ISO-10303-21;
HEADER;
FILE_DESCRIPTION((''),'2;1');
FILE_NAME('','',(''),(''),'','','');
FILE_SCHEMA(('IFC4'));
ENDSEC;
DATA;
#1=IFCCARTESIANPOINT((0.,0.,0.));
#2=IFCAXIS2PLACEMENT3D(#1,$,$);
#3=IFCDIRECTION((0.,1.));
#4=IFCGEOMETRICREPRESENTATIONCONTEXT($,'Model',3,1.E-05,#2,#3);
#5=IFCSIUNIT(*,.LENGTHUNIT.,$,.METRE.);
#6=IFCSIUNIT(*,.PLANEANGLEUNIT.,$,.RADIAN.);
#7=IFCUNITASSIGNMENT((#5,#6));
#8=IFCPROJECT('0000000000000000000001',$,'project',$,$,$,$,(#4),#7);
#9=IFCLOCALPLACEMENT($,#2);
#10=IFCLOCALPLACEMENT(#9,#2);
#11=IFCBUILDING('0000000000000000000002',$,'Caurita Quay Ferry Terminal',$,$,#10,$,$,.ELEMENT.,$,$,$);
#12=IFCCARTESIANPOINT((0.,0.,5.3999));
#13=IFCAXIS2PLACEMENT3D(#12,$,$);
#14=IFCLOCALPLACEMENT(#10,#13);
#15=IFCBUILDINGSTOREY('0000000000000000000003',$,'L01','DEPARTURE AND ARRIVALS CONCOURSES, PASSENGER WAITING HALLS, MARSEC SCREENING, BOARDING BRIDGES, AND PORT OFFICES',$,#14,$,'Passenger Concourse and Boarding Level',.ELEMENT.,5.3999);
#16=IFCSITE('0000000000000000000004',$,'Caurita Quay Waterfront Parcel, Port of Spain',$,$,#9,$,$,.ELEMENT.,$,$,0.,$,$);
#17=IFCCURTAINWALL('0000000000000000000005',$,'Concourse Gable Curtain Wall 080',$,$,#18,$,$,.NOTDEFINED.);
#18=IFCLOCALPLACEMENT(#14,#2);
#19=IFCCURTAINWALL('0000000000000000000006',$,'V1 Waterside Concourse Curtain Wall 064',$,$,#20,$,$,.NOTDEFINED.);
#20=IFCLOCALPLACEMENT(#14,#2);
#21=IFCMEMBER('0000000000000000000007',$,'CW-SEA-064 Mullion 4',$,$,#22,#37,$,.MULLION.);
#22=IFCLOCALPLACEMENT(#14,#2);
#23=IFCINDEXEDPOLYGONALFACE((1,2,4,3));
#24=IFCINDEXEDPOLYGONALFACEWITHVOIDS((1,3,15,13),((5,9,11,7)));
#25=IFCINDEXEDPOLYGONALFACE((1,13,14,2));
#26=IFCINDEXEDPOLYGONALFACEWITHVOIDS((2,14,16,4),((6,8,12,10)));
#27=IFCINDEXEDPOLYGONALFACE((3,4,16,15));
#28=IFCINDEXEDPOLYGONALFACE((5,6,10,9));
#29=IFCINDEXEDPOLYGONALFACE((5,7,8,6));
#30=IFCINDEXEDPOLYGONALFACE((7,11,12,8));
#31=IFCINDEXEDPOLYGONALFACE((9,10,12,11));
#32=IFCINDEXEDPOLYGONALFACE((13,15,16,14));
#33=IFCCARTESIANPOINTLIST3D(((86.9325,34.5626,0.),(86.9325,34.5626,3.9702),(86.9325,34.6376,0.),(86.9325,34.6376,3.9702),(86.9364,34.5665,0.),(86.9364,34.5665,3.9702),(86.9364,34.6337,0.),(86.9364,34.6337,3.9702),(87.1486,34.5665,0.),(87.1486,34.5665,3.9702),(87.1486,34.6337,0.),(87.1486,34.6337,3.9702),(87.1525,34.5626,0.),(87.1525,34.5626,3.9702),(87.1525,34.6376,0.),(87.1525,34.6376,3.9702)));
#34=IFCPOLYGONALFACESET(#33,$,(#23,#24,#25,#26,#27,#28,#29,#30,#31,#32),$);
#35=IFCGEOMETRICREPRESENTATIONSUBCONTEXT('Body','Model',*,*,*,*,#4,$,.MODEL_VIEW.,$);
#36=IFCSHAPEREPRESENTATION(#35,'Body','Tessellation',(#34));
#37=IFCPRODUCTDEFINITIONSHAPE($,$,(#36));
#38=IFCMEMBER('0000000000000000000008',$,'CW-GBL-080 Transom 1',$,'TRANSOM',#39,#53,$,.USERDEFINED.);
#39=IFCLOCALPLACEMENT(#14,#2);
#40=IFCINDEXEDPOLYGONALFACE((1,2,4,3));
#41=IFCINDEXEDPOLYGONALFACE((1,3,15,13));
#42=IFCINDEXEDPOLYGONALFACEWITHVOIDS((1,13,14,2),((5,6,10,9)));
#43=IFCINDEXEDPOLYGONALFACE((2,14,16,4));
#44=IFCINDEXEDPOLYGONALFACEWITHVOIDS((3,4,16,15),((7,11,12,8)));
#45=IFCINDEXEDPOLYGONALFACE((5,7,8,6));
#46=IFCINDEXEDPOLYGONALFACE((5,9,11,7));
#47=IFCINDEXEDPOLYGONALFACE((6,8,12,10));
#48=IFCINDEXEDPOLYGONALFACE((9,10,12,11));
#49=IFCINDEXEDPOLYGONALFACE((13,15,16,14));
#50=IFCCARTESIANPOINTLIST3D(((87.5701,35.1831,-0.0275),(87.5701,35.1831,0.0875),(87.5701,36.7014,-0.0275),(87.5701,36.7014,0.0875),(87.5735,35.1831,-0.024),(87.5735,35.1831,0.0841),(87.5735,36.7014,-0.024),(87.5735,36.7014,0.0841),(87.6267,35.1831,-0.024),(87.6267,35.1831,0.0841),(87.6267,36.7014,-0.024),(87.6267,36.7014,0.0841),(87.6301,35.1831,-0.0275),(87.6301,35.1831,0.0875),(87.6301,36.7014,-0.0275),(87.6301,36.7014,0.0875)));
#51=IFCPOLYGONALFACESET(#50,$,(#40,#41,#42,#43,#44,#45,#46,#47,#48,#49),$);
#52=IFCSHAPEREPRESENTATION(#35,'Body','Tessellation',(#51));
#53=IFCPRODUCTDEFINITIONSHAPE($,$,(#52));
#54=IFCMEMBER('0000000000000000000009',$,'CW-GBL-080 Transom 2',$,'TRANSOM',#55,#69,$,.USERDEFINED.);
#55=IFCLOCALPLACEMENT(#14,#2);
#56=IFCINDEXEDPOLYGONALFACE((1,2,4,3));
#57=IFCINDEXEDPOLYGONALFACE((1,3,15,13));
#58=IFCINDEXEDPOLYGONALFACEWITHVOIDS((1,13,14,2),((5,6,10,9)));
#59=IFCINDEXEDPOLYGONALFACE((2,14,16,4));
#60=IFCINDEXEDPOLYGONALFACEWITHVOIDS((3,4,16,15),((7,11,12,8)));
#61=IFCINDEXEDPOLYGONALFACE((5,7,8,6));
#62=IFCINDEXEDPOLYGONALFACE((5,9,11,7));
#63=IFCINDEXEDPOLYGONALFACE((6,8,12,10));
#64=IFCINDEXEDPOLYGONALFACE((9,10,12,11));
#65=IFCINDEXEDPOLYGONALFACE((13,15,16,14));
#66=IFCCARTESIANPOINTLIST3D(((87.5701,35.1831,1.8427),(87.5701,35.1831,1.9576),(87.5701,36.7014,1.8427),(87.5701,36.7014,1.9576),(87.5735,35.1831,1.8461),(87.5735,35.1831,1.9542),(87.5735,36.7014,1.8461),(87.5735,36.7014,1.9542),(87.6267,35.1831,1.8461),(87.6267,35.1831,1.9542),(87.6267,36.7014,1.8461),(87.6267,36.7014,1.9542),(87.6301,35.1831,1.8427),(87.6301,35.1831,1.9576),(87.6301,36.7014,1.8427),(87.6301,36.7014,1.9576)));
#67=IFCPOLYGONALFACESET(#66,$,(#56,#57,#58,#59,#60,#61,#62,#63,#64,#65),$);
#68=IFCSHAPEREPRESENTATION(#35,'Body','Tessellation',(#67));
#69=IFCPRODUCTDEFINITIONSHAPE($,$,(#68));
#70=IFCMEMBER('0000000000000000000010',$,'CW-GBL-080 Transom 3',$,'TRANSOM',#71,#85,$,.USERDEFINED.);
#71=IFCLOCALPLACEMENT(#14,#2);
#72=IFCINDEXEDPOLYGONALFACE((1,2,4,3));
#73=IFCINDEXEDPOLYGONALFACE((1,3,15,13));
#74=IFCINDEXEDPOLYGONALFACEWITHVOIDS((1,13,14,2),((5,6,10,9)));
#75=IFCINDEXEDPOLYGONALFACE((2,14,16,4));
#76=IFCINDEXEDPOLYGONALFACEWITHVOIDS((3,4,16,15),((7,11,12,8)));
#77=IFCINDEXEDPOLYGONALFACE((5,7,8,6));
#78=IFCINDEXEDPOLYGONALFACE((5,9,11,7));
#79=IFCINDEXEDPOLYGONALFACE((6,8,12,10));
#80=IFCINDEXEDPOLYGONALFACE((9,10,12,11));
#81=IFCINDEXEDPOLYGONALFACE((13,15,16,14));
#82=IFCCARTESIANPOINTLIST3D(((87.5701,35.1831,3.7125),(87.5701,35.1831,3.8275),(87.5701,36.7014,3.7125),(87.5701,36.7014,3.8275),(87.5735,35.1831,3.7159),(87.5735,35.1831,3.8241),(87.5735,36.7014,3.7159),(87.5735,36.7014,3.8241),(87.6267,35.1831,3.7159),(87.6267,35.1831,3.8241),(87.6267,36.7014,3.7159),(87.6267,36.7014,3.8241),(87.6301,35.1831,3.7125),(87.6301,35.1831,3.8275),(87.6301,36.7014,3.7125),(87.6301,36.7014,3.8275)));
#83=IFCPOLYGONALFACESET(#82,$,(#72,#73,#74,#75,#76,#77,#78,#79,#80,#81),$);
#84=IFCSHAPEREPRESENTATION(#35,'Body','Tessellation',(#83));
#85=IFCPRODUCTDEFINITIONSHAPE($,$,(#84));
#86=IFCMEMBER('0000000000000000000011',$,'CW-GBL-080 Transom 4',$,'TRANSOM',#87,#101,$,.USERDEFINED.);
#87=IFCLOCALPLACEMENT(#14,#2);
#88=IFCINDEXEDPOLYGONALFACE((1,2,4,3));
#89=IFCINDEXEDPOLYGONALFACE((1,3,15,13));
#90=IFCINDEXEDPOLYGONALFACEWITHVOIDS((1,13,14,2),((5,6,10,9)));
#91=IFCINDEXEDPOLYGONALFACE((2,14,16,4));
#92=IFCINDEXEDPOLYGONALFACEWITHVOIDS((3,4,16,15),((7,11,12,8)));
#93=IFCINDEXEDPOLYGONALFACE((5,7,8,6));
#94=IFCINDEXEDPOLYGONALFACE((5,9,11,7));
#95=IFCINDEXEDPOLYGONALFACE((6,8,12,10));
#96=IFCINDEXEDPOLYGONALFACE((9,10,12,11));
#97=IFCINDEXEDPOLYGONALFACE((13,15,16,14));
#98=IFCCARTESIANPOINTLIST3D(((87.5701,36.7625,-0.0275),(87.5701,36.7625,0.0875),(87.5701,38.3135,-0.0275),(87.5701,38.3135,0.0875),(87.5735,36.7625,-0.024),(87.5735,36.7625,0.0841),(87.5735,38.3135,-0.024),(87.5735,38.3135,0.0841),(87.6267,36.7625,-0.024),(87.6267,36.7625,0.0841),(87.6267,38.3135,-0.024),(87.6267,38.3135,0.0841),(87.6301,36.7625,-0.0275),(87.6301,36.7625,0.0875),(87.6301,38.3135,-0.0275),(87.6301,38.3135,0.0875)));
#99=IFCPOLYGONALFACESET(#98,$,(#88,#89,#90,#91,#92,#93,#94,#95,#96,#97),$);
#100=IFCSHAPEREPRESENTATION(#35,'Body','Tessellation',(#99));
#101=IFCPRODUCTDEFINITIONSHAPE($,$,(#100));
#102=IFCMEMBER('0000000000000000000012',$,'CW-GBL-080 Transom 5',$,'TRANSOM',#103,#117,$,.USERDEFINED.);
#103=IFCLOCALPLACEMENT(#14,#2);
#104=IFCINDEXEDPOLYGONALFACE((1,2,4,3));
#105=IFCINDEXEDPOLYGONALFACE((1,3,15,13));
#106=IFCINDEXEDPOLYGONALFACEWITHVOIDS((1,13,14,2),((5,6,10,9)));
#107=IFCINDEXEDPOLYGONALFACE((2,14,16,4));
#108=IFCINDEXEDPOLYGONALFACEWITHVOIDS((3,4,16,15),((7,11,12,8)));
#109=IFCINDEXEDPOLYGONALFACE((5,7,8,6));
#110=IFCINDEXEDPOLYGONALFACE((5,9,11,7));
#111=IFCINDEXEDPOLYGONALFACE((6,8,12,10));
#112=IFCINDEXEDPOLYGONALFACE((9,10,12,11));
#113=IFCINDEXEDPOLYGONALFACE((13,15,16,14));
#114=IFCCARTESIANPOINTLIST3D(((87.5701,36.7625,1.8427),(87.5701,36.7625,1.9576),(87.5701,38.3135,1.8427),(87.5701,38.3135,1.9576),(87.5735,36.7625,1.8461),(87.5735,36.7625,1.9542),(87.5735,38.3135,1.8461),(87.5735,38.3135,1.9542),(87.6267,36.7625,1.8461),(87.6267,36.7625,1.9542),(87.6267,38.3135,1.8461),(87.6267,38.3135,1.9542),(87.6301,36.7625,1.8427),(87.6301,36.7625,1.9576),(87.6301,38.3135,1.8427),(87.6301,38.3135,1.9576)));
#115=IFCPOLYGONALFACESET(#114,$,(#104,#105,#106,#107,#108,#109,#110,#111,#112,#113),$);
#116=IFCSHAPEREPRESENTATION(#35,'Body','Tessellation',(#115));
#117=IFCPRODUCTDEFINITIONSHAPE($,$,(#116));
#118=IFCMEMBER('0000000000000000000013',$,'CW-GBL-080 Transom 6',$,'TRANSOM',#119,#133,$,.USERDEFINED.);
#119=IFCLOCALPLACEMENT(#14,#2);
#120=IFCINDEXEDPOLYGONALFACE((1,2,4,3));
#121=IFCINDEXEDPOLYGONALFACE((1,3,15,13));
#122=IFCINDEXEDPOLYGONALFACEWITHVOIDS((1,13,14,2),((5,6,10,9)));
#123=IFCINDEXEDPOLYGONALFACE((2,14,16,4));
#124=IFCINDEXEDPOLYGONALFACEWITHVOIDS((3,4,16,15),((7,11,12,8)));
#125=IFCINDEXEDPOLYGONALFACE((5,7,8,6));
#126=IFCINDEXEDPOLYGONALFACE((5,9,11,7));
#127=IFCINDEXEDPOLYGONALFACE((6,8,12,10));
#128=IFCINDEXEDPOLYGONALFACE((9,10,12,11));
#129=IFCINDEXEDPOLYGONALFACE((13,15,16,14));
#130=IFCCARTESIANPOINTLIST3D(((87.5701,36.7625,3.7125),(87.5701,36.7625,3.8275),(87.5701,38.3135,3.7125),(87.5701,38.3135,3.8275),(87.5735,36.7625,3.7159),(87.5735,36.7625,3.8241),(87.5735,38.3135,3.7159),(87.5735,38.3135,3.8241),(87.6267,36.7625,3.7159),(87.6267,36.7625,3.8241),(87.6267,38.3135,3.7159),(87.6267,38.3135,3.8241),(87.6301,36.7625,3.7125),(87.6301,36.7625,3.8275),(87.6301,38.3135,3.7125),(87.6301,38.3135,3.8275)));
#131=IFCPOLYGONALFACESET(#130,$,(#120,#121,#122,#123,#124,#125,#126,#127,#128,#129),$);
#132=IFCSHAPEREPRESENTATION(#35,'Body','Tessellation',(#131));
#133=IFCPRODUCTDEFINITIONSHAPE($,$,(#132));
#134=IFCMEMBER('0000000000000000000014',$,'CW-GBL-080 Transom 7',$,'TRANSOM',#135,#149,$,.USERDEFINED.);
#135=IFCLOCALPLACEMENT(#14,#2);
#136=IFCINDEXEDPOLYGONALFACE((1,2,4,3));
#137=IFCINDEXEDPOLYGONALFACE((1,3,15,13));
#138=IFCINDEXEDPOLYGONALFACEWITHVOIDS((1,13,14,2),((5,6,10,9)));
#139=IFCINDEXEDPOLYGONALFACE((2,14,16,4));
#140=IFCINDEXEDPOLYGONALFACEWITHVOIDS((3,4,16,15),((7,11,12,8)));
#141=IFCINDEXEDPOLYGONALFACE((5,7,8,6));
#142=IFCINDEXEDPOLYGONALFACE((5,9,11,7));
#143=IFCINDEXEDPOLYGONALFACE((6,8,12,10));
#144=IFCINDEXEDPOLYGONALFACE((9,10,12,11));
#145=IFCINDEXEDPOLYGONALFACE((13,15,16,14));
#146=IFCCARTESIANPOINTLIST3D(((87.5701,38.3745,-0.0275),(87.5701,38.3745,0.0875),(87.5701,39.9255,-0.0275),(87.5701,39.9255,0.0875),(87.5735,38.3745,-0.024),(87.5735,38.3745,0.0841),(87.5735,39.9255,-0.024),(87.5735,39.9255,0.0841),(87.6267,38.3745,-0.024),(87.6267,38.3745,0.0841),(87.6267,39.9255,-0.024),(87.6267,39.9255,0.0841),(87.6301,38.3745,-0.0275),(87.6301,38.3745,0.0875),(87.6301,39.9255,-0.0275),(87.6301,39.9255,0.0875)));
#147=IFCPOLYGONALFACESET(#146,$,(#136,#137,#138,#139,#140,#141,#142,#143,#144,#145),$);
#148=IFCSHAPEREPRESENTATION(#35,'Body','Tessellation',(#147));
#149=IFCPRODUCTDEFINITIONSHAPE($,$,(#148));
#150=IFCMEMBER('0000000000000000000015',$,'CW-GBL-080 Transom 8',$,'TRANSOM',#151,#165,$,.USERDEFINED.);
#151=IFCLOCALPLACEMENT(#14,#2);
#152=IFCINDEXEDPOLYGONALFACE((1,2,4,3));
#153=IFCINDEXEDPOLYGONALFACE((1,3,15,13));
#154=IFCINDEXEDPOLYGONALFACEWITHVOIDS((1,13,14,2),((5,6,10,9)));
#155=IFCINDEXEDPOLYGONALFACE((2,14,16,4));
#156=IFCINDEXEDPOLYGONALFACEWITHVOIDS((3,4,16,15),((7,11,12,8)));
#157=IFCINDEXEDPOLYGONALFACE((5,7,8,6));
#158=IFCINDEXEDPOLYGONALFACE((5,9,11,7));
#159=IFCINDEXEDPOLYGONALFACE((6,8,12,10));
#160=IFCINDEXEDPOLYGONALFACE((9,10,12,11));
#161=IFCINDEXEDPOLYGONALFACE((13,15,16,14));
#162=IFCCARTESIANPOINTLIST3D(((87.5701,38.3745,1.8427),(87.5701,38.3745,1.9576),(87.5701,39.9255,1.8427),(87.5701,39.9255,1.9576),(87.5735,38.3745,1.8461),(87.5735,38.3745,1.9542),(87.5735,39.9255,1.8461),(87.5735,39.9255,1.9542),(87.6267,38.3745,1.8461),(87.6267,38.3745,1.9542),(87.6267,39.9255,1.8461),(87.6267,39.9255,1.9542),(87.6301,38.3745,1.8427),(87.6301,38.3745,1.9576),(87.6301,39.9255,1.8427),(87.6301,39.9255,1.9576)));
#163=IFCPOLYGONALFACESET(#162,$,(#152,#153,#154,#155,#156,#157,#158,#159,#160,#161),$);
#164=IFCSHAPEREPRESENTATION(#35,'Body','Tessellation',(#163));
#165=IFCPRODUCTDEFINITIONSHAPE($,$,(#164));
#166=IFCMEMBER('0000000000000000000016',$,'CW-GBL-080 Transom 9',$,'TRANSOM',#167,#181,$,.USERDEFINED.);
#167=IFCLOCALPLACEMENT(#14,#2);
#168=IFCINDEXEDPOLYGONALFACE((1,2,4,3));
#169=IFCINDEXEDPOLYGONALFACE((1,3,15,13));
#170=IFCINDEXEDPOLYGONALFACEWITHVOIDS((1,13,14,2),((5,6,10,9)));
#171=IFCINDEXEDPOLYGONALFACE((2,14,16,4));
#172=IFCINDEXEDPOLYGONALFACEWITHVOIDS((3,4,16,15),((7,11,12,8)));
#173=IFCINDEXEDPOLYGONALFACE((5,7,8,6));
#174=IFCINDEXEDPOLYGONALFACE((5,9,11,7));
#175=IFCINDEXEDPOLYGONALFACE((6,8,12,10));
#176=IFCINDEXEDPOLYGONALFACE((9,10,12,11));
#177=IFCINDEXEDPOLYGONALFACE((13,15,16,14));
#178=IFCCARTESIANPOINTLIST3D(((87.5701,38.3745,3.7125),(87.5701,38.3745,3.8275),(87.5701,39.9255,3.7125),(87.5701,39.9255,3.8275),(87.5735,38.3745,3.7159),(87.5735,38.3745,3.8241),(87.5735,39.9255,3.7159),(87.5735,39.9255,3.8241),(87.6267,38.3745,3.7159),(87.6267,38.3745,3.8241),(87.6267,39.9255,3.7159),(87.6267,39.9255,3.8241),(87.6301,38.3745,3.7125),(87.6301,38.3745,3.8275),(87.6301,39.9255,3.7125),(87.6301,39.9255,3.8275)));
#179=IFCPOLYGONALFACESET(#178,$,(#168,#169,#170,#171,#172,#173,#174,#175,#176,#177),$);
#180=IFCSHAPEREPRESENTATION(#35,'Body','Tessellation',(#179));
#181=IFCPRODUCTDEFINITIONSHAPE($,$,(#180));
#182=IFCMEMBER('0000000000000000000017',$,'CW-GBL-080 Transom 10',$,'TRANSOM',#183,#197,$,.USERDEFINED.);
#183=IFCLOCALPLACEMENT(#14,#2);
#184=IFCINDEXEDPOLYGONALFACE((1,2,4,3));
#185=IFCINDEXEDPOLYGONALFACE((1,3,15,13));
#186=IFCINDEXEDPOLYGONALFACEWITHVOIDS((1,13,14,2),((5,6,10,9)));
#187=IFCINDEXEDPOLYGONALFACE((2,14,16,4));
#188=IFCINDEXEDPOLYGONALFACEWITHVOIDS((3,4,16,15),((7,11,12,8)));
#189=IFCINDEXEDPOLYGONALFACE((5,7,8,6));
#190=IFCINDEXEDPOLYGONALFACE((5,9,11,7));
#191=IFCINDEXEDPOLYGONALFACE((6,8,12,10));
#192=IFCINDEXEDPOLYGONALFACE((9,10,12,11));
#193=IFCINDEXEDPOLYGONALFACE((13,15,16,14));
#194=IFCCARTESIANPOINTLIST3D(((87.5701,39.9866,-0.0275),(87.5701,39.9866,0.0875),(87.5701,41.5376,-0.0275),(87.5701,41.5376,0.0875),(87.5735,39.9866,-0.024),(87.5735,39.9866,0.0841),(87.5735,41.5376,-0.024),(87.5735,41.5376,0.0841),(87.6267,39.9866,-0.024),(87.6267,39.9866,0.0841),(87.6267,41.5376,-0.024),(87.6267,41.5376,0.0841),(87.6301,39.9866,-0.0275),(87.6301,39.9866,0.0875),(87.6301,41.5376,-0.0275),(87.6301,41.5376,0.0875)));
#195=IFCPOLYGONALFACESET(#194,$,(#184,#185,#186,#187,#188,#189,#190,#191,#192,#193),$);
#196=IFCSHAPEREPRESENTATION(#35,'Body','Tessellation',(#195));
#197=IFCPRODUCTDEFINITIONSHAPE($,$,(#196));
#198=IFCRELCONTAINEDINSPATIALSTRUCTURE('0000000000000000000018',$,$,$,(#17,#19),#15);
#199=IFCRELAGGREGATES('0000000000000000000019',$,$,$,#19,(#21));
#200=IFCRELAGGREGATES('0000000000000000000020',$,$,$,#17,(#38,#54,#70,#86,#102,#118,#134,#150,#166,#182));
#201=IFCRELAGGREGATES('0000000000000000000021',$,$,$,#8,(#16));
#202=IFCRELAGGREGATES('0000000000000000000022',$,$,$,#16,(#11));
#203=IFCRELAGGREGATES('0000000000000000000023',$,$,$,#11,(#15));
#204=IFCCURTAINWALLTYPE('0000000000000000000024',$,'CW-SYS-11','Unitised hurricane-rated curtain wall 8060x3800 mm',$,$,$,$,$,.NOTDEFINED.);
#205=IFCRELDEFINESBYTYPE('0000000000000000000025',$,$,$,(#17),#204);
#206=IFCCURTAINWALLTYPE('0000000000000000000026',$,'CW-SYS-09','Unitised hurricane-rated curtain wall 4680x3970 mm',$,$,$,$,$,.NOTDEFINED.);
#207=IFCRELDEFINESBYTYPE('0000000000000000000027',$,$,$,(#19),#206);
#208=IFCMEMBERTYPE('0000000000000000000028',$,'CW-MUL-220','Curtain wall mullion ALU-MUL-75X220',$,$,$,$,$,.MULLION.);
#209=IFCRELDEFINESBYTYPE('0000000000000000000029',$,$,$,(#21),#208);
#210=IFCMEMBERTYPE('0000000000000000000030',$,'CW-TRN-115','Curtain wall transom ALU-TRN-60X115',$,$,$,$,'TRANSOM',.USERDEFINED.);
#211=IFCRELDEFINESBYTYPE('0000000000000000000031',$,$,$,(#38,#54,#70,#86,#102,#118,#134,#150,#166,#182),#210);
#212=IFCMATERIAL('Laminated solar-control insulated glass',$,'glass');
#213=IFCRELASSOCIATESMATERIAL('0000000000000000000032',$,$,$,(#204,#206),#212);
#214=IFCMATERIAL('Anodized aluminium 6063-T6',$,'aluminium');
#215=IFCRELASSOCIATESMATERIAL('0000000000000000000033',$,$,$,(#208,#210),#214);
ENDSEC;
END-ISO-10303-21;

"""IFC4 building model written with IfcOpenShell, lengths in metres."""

from ifc_helpers import new_model, si_unit, direction, frame, origin, origin_2d, place, context, subcontext, project, spatial, hollow_rectangle, extrude, material, material_profile, profile_set, type_object, element, aggregate, save


model = new_model("IFC4")

# Units and contexts
model_context = context("Model", 3, precision=1e-05, world=origin(), true_north=direction((0.0, 1.0)))
body_context = subcontext(model_context, "Body", "Model", "MODEL_VIEW")
ifc_project = project(units=[si_unit("LENGTHUNIT", "METRE"), si_unit("PLANEANGLEUNIT", "RADIAN")], contexts=[model_context])

# Site, building, storey
site_placement = place(None, origin())
site = spatial("IfcSite", under=ifc_project, at=site_placement, Name="Caurita Quay Waterfront Parcel, Port of Spain", CompositionType="ELEMENT", RefElevation=0.0)
building_placement = place(site_placement, origin())
building = spatial("IfcBuilding", under=site, at=building_placement, Name="Caurita Quay Ferry Terminal", CompositionType="ELEMENT")
storey_placement = place(building_placement, frame((0.0, 0.0, 5.3999)))
storey = spatial("IfcBuildingStorey", under=building, at=storey_placement, Name="L01", Description="DEPARTURE AND ARRIVALS CONCOURSES, PASSENGER WAITING HALLS, MARSEC SCREENING, BOARDING BRIDGES, AND PORT OFFICES", LongName="Passenger Concourse and Boarding Level", CompositionType="ELEMENT", Elevation=5.3999)

# Curtain wall
ifc_material_1 = material(Name="Laminated solar-control insulated glass", Category="glass")
curtain_wall_type_1 = type_object("IfcCurtainWallType", Name="CW-SYS-11", Description="Unitised hurricane-rated curtain wall 8060x3800 mm", PredefinedType="NOTDEFINED", material=ifc_material_1)
curtain_wall_1_placement = place(storey_placement, origin())
curtain_wall_1 = element("IfcCurtainWall", 1, at=curtain_wall_1_placement, inside=storey, type_object=curtain_wall_type_1, Name="Concourse Gable Curtain Wall 080", PredefinedType="NOTDEFINED")
ifc_material_2 = material(Name="Anodized aluminium 6063-T6", Category="aluminium")

# Curtain wall, member
curtain_wall_type_2 = type_object("IfcCurtainWallType", Name="CW-SYS-09", Description="Unitised hurricane-rated curtain wall 4680x3970 mm", PredefinedType="NOTDEFINED", material=ifc_material_1)
curtain_wall_2_placement = place(storey_placement, origin())
curtain_wall_2 = element("IfcCurtainWall", 2, at=curtain_wall_2_placement, inside=storey, type_object=curtain_wall_type_2, Name="V1 Waterside Concourse Curtain Wall 064", PredefinedType="NOTDEFINED")
ifc_material_profile_1 = material_profile(ifc_material_2, hollow_rectangle(XDim=0.075, YDim=0.22, WallThickness=0.0039, at=origin_2d()), Name="ALU-MUL-75X220")
ifc_profile_set_1 = profile_set([ifc_material_profile_1], Name="Anodized aluminium 6063-T6")
member_type_1 = type_object("IfcMemberType", Name="CW-MUL-220", Description="Curtain wall mullion ALU-MUL-75X220", PredefinedType="MULLION", material=ifc_profile_set_1)
member_1_placement = place(storey_placement, frame((87.0425, 34.6001, 0.0), z_axis=(0.0, 0.0, 1.0), x_axis=(0.0, 1.0, 0.0)))
member_1 = element("IfcMember", 3, at=member_1_placement, type_object=member_type_1, Name="CW-SEA-064 Mullion 4", PredefinedType="MULLION", context=body_context, shape_type="SweptSolid", body=[
    extrude(hollow_rectangle(XDim=0.075, YDim=0.22, WallThickness=0.0039, at=origin_2d()), origin(), (0.0, 0.0, 1.0), 3.9702),
])

# Members
ifc_material_profile_2 = material_profile(ifc_material_2, hollow_rectangle(XDim=0.0601, YDim=0.115, WallThickness=0.0034, at=origin_2d()), Name="ALU-TRN-60X115")
ifc_profile_set_2 = profile_set([ifc_material_profile_2], Name="Anodized aluminium 6063-T6")
member_type_2 = type_object("IfcMemberType", Name="CW-TRN-115", Description="Curtain wall transom ALU-TRN-60X115", ElementType="TRANSOM", PredefinedType="USERDEFINED", material=ifc_profile_set_2)
member_2_placement = place(storey_placement, frame((87.6001, 35.1831, 0.03), z_axis=(0.0, 1.0, 0.0), x_axis=(-1.0, 0.0, 0.0)))
member_2 = element("IfcMember", 4, at=member_2_placement, type_object=member_type_2, Name="CW-GBL-080 Transom 1", ObjectType="TRANSOM", PredefinedType="USERDEFINED", context=body_context, shape_type="SweptSolid", body=[
    extrude(hollow_rectangle(XDim=0.0601, YDim=0.115, WallThickness=0.0034, at=origin_2d()), origin(), (0.0, 0.0, 1.0), 1.5183),
])
member_3_placement = place(storey_placement, frame((87.6001, 35.1831, 1.9001), z_axis=(0.0, 1.0, 0.0), x_axis=(-1.0, 0.0, 0.0)))
member_3 = element("IfcMember", 5, at=member_3_placement, type_object=member_type_2, Name="CW-GBL-080 Transom 2", ObjectType="TRANSOM", PredefinedType="USERDEFINED", context=body_context, shape_type="SweptSolid", body=[
    extrude(hollow_rectangle(XDim=0.0601, YDim=0.115, WallThickness=0.0034, at=origin_2d()), origin(), (0.0, 0.0, 1.0), 1.5183),
])
member_4_placement = place(storey_placement, frame((87.6001, 35.1831, 3.77), z_axis=(0.0, 1.0, 0.0), x_axis=(-1.0, 0.0, 0.0)))
member_4 = element("IfcMember", 6, at=member_4_placement, type_object=member_type_2, Name="CW-GBL-080 Transom 3", ObjectType="TRANSOM", PredefinedType="USERDEFINED", context=body_context, shape_type="SweptSolid", body=[
    extrude(hollow_rectangle(XDim=0.0601, YDim=0.115, WallThickness=0.0034, at=origin_2d()), origin(), (0.0, 0.0, 1.0), 1.5183),
])
member_5_placement = place(storey_placement, frame((87.6001, 36.7625, 0.03), z_axis=(0.0, 1.0, 0.0), x_axis=(-1.0, 0.0, 0.0)))
member_5 = element("IfcMember", 7, at=member_5_placement, type_object=member_type_2, Name="CW-GBL-080 Transom 4", ObjectType="TRANSOM", PredefinedType="USERDEFINED", context=body_context, shape_type="SweptSolid", body=[
    extrude(hollow_rectangle(XDim=0.0601, YDim=0.115, WallThickness=0.0034, at=origin_2d()), origin(), (0.0, 0.0, 1.0), 1.551),
])
member_6_placement = place(storey_placement, frame((87.6001, 36.7625, 1.9001), z_axis=(0.0, 1.0, 0.0), x_axis=(-1.0, 0.0, 0.0)))
member_6 = element("IfcMember", 8, at=member_6_placement, type_object=member_type_2, Name="CW-GBL-080 Transom 5", ObjectType="TRANSOM", PredefinedType="USERDEFINED", context=body_context, shape_type="SweptSolid", body=[
    extrude(hollow_rectangle(XDim=0.0601, YDim=0.115, WallThickness=0.0034, at=origin_2d()), origin(), (0.0, 0.0, 1.0), 1.551),
])
member_7_placement = place(storey_placement, frame((87.6001, 36.7625, 3.77), z_axis=(0.0, 1.0, 0.0), x_axis=(-1.0, 0.0, 0.0)))
member_7 = element("IfcMember", 9, at=member_7_placement, type_object=member_type_2, Name="CW-GBL-080 Transom 6", ObjectType="TRANSOM", PredefinedType="USERDEFINED", context=body_context, shape_type="SweptSolid", body=[
    extrude(hollow_rectangle(XDim=0.0601, YDim=0.115, WallThickness=0.0034, at=origin_2d()), origin(), (0.0, 0.0, 1.0), 1.551),
])
member_8_placement = place(storey_placement, frame((87.6001, 38.3745, 0.03), z_axis=(0.0, 1.0, 0.0), x_axis=(-1.0, 0.0, 0.0)))
member_8 = element("IfcMember", 10, at=member_8_placement, type_object=member_type_2, Name="CW-GBL-080 Transom 7", ObjectType="TRANSOM", PredefinedType="USERDEFINED", context=body_context, shape_type="SweptSolid", body=[
    extrude(hollow_rectangle(XDim=0.0601, YDim=0.115, WallThickness=0.0034, at=origin_2d()), origin(), (0.0, 0.0, 1.0), 1.551),
])
member_9_placement = place(storey_placement, frame((87.6001, 38.3745, 1.9001), z_axis=(0.0, 1.0, 0.0), x_axis=(-1.0, 0.0, 0.0)))
member_9 = element("IfcMember", 11, at=member_9_placement, type_object=member_type_2, Name="CW-GBL-080 Transom 8", ObjectType="TRANSOM", PredefinedType="USERDEFINED", context=body_context, shape_type="SweptSolid", body=[
    extrude(hollow_rectangle(XDim=0.0601, YDim=0.115, WallThickness=0.0034, at=origin_2d()), origin(), (0.0, 0.0, 1.0), 1.551),
])
member_10_placement = place(storey_placement, frame((87.6001, 38.3745, 3.77), z_axis=(0.0, 1.0, 0.0), x_axis=(-1.0, 0.0, 0.0)))
member_10 = element("IfcMember", 12, at=member_10_placement, type_object=member_type_2, Name="CW-GBL-080 Transom 9", ObjectType="TRANSOM", PredefinedType="USERDEFINED", context=body_context, shape_type="SweptSolid", body=[
    extrude(hollow_rectangle(XDim=0.0601, YDim=0.115, WallThickness=0.0034, at=origin_2d()), origin(), (0.0, 0.0, 1.0), 1.551),
])
member_11_placement = place(storey_placement, frame((87.6001, 39.9866, 0.03), z_axis=(0.0, 1.0, 0.0), x_axis=(-1.0, 0.0, 0.0)))
member_11 = element("IfcMember", 13, at=member_11_placement, type_object=member_type_2, Name="CW-GBL-080 Transom 10", ObjectType="TRANSOM", PredefinedType="USERDEFINED", context=body_context, shape_type="SweptSolid", body=[
    extrude(hollow_rectangle(XDim=0.0601, YDim=0.115, WallThickness=0.0034, at=origin_2d()), origin(), (0.0, 0.0, 1.0), 1.551),
])

aggregate(curtain_wall_2, [member_1])
aggregate(curtain_wall_1, [member_2, member_3, member_4, member_5, member_6, member_7, member_8, member_9, member_10, member_11])

save(model, "model.ifc")
